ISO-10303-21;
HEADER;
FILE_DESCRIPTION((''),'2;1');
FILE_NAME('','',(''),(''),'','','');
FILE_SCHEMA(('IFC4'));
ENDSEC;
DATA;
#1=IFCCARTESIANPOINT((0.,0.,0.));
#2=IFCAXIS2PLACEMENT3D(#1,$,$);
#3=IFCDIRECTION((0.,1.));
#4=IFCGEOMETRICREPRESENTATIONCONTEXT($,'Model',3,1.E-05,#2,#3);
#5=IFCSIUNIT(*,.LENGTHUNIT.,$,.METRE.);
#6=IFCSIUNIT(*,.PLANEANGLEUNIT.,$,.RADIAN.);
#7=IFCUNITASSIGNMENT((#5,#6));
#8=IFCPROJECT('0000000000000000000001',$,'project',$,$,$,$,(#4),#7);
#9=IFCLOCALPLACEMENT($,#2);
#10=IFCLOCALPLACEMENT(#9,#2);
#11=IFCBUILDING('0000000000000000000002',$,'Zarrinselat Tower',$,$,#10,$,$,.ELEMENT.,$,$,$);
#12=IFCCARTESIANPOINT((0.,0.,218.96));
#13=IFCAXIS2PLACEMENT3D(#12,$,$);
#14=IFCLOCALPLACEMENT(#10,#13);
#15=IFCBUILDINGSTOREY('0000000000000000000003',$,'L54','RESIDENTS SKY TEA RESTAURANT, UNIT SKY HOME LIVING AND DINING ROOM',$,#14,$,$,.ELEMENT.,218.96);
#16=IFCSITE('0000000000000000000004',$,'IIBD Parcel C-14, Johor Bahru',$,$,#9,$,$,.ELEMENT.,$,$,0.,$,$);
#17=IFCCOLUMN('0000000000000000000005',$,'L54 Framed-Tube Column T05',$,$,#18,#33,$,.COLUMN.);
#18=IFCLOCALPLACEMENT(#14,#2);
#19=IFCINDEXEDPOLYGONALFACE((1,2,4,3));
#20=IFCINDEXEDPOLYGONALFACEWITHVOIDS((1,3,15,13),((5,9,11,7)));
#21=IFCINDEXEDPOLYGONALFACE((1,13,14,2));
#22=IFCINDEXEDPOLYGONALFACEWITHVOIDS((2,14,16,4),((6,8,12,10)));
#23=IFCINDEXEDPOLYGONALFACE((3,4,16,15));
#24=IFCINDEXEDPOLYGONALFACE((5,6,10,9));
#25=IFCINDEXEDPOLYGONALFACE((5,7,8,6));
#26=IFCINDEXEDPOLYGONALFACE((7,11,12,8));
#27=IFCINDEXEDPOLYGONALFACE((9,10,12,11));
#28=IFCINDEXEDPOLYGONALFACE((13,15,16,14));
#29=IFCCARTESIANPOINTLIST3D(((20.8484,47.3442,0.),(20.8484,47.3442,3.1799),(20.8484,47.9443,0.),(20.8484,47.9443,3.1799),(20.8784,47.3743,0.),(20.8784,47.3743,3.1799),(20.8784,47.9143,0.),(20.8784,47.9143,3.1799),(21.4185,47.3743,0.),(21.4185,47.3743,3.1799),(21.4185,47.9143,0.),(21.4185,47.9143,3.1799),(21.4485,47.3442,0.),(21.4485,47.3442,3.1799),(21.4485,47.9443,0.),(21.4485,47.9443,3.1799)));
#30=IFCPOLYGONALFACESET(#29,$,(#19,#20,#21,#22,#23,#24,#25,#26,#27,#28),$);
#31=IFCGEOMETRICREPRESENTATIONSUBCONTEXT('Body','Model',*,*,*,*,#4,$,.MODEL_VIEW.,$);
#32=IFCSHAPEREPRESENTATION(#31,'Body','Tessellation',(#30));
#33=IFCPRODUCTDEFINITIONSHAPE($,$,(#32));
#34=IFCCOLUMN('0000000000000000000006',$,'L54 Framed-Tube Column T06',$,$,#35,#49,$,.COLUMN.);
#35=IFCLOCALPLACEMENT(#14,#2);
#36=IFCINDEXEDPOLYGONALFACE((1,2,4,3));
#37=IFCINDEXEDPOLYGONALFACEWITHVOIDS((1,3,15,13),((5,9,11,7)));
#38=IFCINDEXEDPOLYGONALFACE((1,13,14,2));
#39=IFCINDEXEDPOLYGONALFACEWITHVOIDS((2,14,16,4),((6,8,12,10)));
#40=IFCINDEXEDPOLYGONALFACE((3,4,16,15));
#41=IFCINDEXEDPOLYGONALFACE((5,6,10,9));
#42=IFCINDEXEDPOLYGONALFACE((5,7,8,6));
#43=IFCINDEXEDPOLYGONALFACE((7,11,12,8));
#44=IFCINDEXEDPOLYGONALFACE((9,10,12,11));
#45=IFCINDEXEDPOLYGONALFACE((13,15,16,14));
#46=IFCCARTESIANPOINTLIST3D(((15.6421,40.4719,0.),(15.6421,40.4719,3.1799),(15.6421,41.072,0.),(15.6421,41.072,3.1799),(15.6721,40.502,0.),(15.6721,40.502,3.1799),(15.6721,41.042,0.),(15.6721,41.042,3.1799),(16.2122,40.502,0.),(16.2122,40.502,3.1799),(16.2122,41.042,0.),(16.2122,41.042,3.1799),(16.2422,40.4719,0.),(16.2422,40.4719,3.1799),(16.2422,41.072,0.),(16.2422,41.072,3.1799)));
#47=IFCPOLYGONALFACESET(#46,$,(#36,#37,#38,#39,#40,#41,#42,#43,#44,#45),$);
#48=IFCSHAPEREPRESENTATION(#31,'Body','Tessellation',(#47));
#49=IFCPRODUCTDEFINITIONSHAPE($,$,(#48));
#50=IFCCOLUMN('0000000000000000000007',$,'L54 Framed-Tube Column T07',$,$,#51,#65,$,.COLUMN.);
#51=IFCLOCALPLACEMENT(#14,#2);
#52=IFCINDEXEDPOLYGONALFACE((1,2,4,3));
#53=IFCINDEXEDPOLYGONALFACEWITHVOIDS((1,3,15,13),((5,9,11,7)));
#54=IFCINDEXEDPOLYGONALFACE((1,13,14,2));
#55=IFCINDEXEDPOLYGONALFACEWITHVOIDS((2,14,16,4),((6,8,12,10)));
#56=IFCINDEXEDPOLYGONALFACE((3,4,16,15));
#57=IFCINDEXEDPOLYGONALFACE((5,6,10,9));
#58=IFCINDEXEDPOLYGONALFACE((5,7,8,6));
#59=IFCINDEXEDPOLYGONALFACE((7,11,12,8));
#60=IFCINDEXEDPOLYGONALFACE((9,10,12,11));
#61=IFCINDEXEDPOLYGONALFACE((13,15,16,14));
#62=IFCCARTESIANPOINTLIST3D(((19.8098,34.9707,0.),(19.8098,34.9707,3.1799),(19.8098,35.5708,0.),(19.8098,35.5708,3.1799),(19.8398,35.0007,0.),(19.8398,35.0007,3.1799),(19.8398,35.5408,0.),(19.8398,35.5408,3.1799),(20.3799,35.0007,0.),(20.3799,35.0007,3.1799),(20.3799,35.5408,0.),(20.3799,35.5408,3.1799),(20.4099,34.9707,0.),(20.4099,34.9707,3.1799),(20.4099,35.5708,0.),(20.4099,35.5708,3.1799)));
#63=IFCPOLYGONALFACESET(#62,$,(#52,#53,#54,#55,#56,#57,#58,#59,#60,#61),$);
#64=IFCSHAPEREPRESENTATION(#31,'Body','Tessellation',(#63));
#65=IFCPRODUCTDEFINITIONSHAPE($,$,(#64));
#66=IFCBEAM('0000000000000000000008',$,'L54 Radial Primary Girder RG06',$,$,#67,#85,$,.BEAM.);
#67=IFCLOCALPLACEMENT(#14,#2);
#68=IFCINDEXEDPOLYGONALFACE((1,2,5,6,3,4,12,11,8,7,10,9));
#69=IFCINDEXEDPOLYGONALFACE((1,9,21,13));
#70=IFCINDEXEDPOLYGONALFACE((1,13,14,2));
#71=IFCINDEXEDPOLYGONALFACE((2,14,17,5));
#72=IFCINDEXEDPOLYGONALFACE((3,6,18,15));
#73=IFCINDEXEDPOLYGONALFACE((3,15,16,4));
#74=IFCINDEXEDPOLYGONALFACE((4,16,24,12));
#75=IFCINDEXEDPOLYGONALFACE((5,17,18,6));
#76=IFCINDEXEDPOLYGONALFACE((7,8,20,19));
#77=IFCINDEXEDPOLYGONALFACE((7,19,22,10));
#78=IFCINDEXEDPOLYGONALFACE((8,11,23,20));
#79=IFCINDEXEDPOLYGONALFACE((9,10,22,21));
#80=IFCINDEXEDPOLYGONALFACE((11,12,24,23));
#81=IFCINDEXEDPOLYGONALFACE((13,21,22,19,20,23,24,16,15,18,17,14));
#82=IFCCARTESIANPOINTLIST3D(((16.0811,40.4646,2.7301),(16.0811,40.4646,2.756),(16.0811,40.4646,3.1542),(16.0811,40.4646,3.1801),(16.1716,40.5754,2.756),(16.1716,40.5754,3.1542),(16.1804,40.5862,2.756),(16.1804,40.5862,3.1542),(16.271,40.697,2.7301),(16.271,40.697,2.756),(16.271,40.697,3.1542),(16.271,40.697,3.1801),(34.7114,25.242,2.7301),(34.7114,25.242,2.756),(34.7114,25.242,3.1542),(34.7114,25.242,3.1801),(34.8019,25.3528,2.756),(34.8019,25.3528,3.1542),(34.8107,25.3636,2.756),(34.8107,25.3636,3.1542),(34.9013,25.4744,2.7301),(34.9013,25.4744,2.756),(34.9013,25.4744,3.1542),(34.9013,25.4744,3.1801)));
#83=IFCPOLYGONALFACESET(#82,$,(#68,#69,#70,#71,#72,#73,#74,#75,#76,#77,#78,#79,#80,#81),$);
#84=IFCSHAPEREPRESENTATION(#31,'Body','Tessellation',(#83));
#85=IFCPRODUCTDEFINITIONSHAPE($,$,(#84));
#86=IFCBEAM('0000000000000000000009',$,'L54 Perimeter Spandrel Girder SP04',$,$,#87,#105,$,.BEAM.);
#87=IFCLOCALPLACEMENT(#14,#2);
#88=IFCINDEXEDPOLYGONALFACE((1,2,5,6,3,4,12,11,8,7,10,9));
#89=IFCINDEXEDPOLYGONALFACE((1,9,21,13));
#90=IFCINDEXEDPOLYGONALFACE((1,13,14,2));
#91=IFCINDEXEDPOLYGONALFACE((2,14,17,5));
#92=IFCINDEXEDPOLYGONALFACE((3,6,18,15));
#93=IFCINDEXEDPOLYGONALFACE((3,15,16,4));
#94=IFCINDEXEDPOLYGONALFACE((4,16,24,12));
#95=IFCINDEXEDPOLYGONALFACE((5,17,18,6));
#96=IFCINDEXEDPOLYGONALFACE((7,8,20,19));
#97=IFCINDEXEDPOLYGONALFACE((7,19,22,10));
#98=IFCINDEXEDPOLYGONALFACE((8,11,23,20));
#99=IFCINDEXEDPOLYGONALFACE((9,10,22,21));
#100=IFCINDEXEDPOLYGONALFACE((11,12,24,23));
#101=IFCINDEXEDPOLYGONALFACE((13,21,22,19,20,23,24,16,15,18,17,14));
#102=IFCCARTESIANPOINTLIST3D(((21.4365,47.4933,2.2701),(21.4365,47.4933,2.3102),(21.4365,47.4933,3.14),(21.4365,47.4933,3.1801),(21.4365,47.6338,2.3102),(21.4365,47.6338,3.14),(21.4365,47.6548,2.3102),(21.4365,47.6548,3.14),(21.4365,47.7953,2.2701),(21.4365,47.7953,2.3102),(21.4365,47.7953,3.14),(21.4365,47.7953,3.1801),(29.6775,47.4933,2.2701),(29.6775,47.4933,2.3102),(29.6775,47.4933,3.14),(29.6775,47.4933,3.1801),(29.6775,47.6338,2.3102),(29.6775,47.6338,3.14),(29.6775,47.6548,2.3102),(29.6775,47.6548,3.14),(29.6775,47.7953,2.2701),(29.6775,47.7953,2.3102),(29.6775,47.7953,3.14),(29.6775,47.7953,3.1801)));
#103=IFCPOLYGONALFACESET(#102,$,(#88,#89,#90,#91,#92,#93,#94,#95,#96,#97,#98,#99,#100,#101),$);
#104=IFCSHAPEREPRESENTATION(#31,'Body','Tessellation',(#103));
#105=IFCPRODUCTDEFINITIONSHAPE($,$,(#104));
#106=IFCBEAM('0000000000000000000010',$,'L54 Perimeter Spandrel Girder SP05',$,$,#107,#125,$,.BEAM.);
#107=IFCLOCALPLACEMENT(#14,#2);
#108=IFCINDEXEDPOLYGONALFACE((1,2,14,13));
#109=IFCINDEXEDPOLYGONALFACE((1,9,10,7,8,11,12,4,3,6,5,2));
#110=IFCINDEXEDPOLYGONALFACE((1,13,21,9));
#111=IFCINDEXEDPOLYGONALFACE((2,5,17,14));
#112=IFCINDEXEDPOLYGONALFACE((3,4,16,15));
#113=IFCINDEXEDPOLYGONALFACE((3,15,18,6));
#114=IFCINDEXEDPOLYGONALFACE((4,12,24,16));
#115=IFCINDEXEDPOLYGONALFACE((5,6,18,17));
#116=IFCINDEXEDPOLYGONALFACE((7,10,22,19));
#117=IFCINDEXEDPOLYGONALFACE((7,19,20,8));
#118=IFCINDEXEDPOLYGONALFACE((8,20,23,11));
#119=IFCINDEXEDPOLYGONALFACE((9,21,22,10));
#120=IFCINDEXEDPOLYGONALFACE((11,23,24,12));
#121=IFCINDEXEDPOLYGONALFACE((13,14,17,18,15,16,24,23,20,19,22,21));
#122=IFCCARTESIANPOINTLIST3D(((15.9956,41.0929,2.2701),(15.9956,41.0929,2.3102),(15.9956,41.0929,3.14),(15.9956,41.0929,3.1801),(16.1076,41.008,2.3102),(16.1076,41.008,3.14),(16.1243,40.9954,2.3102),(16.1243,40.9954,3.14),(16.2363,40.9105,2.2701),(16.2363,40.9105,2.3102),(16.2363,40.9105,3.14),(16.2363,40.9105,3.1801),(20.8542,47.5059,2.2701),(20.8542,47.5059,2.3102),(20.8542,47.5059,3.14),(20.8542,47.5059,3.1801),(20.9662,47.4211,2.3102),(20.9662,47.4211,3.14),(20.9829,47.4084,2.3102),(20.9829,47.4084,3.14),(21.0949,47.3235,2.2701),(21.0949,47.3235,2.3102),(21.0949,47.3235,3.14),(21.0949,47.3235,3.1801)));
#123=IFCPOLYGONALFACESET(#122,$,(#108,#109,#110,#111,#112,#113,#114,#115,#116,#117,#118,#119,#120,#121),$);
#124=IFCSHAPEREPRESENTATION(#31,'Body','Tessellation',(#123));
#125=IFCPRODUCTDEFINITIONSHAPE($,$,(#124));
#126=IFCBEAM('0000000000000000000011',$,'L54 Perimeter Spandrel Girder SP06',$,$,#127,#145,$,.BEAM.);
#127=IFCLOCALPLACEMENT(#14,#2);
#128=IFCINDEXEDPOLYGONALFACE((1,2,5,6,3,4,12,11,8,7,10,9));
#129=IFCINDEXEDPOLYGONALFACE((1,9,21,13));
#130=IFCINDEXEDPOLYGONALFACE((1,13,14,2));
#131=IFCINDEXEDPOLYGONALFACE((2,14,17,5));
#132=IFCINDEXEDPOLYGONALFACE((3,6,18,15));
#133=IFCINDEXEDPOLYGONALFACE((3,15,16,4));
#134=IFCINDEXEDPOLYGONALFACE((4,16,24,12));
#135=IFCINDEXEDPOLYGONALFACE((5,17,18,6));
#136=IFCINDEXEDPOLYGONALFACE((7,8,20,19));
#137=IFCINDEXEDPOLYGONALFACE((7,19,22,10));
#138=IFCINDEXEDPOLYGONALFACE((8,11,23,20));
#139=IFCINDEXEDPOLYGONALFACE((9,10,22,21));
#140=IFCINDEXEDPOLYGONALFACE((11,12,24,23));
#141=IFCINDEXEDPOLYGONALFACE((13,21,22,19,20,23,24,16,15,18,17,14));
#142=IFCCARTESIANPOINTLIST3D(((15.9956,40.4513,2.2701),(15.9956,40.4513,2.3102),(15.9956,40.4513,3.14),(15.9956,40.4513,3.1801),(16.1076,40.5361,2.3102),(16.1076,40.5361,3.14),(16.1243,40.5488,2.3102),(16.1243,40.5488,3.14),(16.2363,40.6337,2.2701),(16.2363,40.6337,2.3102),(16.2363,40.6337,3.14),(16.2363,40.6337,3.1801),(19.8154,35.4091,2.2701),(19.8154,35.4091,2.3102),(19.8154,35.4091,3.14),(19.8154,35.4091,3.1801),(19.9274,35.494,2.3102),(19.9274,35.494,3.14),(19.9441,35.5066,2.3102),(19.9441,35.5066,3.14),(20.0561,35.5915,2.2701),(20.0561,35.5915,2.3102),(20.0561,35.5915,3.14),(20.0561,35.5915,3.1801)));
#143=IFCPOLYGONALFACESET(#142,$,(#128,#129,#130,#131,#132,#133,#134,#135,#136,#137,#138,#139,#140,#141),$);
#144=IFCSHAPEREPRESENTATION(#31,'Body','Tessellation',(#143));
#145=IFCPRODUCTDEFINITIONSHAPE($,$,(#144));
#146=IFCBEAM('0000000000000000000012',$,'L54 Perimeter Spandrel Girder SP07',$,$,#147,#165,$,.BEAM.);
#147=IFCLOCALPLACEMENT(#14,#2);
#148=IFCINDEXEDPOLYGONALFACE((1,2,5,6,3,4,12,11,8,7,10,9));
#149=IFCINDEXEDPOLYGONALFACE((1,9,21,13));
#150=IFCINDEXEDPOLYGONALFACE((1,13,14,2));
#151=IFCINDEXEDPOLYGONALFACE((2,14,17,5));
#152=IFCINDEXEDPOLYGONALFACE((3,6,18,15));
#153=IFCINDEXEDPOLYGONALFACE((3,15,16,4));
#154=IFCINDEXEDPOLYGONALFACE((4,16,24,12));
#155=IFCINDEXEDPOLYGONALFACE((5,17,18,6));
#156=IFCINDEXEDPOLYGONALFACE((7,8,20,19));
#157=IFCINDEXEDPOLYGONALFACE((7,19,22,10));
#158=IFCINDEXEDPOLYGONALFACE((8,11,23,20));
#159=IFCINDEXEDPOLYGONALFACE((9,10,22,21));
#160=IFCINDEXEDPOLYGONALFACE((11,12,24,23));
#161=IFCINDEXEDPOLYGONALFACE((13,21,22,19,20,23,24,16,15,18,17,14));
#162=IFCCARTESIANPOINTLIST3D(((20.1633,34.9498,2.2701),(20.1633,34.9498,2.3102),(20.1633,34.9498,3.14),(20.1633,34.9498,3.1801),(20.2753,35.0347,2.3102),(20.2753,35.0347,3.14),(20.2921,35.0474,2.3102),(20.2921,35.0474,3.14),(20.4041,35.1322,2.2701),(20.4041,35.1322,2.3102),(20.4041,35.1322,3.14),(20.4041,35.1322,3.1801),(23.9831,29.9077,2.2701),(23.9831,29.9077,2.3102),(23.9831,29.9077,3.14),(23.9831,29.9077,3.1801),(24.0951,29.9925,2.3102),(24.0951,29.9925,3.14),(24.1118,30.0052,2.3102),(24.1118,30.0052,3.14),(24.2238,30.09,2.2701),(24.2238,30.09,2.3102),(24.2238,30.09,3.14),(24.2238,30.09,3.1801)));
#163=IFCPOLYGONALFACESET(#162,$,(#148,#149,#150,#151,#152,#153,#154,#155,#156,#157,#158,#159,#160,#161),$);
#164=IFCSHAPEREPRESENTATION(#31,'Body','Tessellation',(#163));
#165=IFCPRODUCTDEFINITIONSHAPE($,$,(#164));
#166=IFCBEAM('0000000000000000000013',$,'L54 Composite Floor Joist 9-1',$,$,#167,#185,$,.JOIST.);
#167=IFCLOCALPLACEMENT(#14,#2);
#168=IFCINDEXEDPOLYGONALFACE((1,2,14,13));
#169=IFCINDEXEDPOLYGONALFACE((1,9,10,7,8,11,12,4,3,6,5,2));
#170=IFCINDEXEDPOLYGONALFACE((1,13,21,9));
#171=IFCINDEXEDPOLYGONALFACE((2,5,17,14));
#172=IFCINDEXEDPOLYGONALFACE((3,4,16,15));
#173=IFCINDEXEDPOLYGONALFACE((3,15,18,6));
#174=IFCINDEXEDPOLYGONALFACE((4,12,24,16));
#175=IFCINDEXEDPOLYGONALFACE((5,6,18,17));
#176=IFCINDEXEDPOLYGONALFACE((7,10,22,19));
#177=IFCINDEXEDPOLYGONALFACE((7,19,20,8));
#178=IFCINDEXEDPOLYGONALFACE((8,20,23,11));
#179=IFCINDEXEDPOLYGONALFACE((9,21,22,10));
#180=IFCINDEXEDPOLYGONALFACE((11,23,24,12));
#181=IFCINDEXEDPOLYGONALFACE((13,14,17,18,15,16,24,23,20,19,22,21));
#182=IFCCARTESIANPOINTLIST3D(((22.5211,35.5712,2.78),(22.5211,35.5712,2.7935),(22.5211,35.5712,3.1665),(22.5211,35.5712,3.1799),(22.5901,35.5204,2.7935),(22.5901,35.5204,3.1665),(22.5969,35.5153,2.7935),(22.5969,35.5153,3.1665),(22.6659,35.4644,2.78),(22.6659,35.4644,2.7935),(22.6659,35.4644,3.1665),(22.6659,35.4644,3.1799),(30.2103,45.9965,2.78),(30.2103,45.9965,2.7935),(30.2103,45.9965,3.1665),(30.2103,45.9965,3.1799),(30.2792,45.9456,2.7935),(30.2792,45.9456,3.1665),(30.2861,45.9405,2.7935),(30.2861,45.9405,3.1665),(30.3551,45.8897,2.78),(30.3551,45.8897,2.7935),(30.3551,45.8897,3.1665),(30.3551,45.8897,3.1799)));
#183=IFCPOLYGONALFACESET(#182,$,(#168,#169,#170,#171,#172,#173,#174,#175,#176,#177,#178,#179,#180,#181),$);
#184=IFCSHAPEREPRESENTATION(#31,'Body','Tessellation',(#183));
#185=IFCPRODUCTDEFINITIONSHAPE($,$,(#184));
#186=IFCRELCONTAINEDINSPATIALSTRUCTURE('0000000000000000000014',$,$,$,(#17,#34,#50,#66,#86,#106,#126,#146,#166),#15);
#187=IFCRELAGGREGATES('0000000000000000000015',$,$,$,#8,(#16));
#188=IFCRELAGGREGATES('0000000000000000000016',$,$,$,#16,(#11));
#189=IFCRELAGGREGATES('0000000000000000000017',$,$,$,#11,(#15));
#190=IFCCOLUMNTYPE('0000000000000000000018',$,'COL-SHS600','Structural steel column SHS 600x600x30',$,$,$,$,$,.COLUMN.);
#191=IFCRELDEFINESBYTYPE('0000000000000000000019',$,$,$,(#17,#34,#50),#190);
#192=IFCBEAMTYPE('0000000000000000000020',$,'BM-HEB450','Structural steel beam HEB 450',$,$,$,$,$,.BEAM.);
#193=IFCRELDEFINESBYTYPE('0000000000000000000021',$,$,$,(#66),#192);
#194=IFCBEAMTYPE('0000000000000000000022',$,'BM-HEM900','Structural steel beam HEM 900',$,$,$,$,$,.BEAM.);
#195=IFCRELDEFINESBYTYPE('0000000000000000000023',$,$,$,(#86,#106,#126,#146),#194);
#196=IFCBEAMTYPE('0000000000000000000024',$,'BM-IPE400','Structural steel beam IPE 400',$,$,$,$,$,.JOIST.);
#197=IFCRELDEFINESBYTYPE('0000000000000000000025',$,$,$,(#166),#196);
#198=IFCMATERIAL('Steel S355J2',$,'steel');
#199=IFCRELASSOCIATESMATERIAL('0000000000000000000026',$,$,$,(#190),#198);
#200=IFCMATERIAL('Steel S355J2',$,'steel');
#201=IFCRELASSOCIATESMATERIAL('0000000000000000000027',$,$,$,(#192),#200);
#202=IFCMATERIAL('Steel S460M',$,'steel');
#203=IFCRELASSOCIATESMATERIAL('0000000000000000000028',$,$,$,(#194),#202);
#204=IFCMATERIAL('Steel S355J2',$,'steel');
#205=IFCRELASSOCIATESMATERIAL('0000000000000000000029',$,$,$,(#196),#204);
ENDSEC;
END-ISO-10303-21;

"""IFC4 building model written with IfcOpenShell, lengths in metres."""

from ifc_helpers import new_model, si_unit, direction, frame, origin, origin_2d, place, context, subcontext, project, spatial, hollow_rectangle, i_section, extrude, material, material_profile, profile_set, type_object, element, save


model = new_model("IFC4")

# Units and contexts
model_context = context("Model", 3, precision=1e-05, world=origin(), true_north=direction((0.0, 1.0)))
body_context = subcontext(model_context, "Body", "Model", "MODEL_VIEW")
ifc_project = project(units=[si_unit("LENGTHUNIT", "METRE"), si_unit("PLANEANGLEUNIT", "RADIAN")], contexts=[model_context])

# Site, building, storey
site_placement = place(None, origin())
site = spatial("IfcSite", under=ifc_project, at=site_placement, Name="IIBD Parcel C-14, Johor Bahru", CompositionType="ELEMENT", RefElevation=0.0)
building_placement = place(site_placement, origin())
building = spatial("IfcBuilding", under=site, at=building_placement, Name="Zarrinselat Tower", CompositionType="ELEMENT")
storey_placement = place(building_placement, frame((0.0, 0.0, 218.96)))
storey = spatial("IfcBuildingStorey", under=building, at=storey_placement, Name="L54", Description="RESIDENTS SKY TEA RESTAURANT, UNIT SKY HOME LIVING AND DINING ROOM", CompositionType="ELEMENT", Elevation=218.96)

# Columns
ifc_material_1 = material(Name="Steel S355J2", Category="steel")
ifc_material_profile_1 = material_profile(ifc_material_1, hollow_rectangle(XDim=0.6001, YDim=0.6001, WallThickness=0.03, at=origin_2d()), Name="SHS 600x600x30")
ifc_profile_set_1 = profile_set([ifc_material_profile_1], Name="Steel S355J2")
column_type = type_object("IfcColumnType", Name="COL-SHS600", Description="Structural steel column SHS 600x600x30", PredefinedType="COLUMN", material=ifc_profile_set_1)
for number, where, z_axis, x_axis, name in (
    (1, (21.1484, 47.6443, 0.0), (0.0, 0.0, 1.0), (1.0, 0.0, 0.0), "L54 Framed-Tube Column T05"),
    (2, (15.9421, 40.772, 0.0), (0.0, 0.0, 1.0), (1.0, 0.0, 0.0), "L54 Framed-Tube Column T06"),
    (3, (20.1099, 35.2708, 0.0), (0.0, 0.0, 1.0), (1.0, 0.0, 0.0), "L54 Framed-Tube Column T07"),
):
    element("IfcColumn", number, at=place(storey_placement, frame(where, z_axis=z_axis, x_axis=x_axis)), inside=storey, type_object=column_type, Name=name, PredefinedType="COLUMN", context=body_context, shape_type="SweptSolid", body=[
        extrude(hollow_rectangle(XDim=0.6001, YDim=0.6001, WallThickness=0.03, at=origin_2d()), origin(), (0.0, 0.0, 1.0), 3.1799),
    ])

# Beams
ifc_material_2 = material(Name="Steel S355J2", Category="steel")
ifc_material_profile_2 = material_profile(ifc_material_2, i_section(OverallWidth=0.3, OverallDepth=0.45, WebThickness=0.0139, FlangeThickness=0.0259, at=origin_2d()), Name="HEB 450")
ifc_profile_set_2 = profile_set([ifc_material_profile_2], Name="Steel S355J2")
beam_type_1 = type_object("IfcBeamType", Name="BM-HEB450", Description="Structural steel beam HEB 450", PredefinedType="BEAM", material=ifc_profile_set_2)
beam_1_placement = place(storey_placement, frame((16.176, 40.5808, 2.9551), z_axis=(0.774372, -0.63273, 0.0), x_axis=(0.63273, 0.774372, 0.0)))
element("IfcBeam", 4, at=beam_1_placement, inside=storey, type_object=beam_type_1, Name="L54 Radial Primary Girder RG06", PredefinedType="BEAM", context=body_context, shape_type="SweptSolid", body=[
    extrude(i_section(OverallWidth=0.3, OverallDepth=0.45, WebThickness=0.0139, FlangeThickness=0.0259, at=origin_2d()), origin(), (0.0, 0.0, 1.0), 24.0586),
])
ifc_material_3 = material(Name="Steel S460M", Category="steel")
ifc_material_profile_3 = material_profile(ifc_material_3, i_section(OverallWidth=0.302, OverallDepth=0.9099, WebThickness=0.021, FlangeThickness=0.04, at=origin_2d()), Name="HEM 900")
ifc_profile_set_3 = profile_set([ifc_material_profile_3], Name="Steel S460M")
beam_type_2 = type_object("IfcBeamType", Name="BM-HEM900", Description="Structural steel beam HEM 900", PredefinedType="BEAM", material=ifc_profile_set_3)
beam_2_placement = place(storey_placement, frame((21.4365, 47.6443, 2.7251), z_axis=(1.0, 0.0, 0.0), x_axis=(0.0, 1.0, 0.0)))
element("IfcBeam", 5, at=beam_2_placement, inside=storey, type_object=beam_type_2, Name="L54 Perimeter Spandrel Girder SP04", PredefinedType="BEAM", context=body_context, shape_type="SweptSolid", body=[
    extrude(i_section(OverallWidth=0.302, OverallDepth=0.9099, WebThickness=0.021, FlangeThickness=0.04, at=origin_2d()), origin(), (0.0, 0.0, 1.0), 8.241),
])
beam_3_placement = place(storey_placement, frame((16.116, 41.0017, 2.7251), z_axis=(0.603877, 0.797078, 0.0), x_axis=(-0.797078, 0.603877, 0.0)))
element("IfcBeam", 6, at=beam_3_placement, inside=storey, type_object=beam_type_2, Name="L54 Perimeter Spandrel Girder SP05", PredefinedType="BEAM", context=body_context, shape_type="SweptSolid", body=[
    extrude(i_section(OverallWidth=0.302, OverallDepth=0.9099, WebThickness=0.021, FlangeThickness=0.04, at=origin_2d()), origin(), (0.0, 0.0, 1.0), 8.0457),
])
for number, where, z_axis, x_axis, name in (
    (7, (16.116, 40.5425, 2.7251), (0.603852, -0.797096, 0.0), (0.797096, 0.603852, 0.0), "L54 Perimeter Spandrel Girder SP06"),
    (8, (20.2837, 35.041, 2.7251), (0.603852, -0.797096, 0.0), (0.797096, 0.603852, 0.0), "L54 Perimeter Spandrel Girder SP07"),
):
    element("IfcBeam", number, at=place(storey_placement, frame(where, z_axis=z_axis, x_axis=x_axis)), inside=storey, type_object=beam_type_2, Name=name, PredefinedType="BEAM", context=body_context, shape_type="SweptSolid", body=[
        extrude(i_section(OverallWidth=0.302, OverallDepth=0.9099, WebThickness=0.021, FlangeThickness=0.04, at=origin_2d()), origin(), (0.0, 0.0, 1.0), 6.3257),
    ])
ifc_material_4 = material(Name="Steel S355J2", Category="steel")
ifc_material_profile_4 = material_profile(ifc_material_4, i_section(OverallWidth=0.1799, OverallDepth=0.3999, WebThickness=0.0085, FlangeThickness=0.0134, at=origin_2d()), Name="IPE 400")
ifc_profile_set_4 = profile_set([ifc_material_profile_4], Name="Steel S355J2")
beam_type_3 = type_object("IfcBeamType", Name="BM-IPE400", Description="Structural steel beam IPE 400", PredefinedType="JOIST", material=ifc_profile_set_4)
beam_4_placement = place(storey_placement, frame((22.5935, 35.5178, 2.98), z_axis=(0.59357, 0.804782, 0.0), x_axis=(-0.804782, 0.59357, 0.0)))
element("IfcBeam", 9, at=beam_4_placement, inside=storey, type_object=beam_type_3, Name="L54 Composite Floor Joist 9-1", PredefinedType="JOIST", context=body_context, shape_type="SweptSolid", body=[
    extrude(i_section(OverallWidth=0.1799, OverallDepth=0.3999, WebThickness=0.0085, FlangeThickness=0.0134, at=origin_2d()), origin(), (0.0, 0.0, 1.0), 12.9541),
])

save(model, "model.ifc")
